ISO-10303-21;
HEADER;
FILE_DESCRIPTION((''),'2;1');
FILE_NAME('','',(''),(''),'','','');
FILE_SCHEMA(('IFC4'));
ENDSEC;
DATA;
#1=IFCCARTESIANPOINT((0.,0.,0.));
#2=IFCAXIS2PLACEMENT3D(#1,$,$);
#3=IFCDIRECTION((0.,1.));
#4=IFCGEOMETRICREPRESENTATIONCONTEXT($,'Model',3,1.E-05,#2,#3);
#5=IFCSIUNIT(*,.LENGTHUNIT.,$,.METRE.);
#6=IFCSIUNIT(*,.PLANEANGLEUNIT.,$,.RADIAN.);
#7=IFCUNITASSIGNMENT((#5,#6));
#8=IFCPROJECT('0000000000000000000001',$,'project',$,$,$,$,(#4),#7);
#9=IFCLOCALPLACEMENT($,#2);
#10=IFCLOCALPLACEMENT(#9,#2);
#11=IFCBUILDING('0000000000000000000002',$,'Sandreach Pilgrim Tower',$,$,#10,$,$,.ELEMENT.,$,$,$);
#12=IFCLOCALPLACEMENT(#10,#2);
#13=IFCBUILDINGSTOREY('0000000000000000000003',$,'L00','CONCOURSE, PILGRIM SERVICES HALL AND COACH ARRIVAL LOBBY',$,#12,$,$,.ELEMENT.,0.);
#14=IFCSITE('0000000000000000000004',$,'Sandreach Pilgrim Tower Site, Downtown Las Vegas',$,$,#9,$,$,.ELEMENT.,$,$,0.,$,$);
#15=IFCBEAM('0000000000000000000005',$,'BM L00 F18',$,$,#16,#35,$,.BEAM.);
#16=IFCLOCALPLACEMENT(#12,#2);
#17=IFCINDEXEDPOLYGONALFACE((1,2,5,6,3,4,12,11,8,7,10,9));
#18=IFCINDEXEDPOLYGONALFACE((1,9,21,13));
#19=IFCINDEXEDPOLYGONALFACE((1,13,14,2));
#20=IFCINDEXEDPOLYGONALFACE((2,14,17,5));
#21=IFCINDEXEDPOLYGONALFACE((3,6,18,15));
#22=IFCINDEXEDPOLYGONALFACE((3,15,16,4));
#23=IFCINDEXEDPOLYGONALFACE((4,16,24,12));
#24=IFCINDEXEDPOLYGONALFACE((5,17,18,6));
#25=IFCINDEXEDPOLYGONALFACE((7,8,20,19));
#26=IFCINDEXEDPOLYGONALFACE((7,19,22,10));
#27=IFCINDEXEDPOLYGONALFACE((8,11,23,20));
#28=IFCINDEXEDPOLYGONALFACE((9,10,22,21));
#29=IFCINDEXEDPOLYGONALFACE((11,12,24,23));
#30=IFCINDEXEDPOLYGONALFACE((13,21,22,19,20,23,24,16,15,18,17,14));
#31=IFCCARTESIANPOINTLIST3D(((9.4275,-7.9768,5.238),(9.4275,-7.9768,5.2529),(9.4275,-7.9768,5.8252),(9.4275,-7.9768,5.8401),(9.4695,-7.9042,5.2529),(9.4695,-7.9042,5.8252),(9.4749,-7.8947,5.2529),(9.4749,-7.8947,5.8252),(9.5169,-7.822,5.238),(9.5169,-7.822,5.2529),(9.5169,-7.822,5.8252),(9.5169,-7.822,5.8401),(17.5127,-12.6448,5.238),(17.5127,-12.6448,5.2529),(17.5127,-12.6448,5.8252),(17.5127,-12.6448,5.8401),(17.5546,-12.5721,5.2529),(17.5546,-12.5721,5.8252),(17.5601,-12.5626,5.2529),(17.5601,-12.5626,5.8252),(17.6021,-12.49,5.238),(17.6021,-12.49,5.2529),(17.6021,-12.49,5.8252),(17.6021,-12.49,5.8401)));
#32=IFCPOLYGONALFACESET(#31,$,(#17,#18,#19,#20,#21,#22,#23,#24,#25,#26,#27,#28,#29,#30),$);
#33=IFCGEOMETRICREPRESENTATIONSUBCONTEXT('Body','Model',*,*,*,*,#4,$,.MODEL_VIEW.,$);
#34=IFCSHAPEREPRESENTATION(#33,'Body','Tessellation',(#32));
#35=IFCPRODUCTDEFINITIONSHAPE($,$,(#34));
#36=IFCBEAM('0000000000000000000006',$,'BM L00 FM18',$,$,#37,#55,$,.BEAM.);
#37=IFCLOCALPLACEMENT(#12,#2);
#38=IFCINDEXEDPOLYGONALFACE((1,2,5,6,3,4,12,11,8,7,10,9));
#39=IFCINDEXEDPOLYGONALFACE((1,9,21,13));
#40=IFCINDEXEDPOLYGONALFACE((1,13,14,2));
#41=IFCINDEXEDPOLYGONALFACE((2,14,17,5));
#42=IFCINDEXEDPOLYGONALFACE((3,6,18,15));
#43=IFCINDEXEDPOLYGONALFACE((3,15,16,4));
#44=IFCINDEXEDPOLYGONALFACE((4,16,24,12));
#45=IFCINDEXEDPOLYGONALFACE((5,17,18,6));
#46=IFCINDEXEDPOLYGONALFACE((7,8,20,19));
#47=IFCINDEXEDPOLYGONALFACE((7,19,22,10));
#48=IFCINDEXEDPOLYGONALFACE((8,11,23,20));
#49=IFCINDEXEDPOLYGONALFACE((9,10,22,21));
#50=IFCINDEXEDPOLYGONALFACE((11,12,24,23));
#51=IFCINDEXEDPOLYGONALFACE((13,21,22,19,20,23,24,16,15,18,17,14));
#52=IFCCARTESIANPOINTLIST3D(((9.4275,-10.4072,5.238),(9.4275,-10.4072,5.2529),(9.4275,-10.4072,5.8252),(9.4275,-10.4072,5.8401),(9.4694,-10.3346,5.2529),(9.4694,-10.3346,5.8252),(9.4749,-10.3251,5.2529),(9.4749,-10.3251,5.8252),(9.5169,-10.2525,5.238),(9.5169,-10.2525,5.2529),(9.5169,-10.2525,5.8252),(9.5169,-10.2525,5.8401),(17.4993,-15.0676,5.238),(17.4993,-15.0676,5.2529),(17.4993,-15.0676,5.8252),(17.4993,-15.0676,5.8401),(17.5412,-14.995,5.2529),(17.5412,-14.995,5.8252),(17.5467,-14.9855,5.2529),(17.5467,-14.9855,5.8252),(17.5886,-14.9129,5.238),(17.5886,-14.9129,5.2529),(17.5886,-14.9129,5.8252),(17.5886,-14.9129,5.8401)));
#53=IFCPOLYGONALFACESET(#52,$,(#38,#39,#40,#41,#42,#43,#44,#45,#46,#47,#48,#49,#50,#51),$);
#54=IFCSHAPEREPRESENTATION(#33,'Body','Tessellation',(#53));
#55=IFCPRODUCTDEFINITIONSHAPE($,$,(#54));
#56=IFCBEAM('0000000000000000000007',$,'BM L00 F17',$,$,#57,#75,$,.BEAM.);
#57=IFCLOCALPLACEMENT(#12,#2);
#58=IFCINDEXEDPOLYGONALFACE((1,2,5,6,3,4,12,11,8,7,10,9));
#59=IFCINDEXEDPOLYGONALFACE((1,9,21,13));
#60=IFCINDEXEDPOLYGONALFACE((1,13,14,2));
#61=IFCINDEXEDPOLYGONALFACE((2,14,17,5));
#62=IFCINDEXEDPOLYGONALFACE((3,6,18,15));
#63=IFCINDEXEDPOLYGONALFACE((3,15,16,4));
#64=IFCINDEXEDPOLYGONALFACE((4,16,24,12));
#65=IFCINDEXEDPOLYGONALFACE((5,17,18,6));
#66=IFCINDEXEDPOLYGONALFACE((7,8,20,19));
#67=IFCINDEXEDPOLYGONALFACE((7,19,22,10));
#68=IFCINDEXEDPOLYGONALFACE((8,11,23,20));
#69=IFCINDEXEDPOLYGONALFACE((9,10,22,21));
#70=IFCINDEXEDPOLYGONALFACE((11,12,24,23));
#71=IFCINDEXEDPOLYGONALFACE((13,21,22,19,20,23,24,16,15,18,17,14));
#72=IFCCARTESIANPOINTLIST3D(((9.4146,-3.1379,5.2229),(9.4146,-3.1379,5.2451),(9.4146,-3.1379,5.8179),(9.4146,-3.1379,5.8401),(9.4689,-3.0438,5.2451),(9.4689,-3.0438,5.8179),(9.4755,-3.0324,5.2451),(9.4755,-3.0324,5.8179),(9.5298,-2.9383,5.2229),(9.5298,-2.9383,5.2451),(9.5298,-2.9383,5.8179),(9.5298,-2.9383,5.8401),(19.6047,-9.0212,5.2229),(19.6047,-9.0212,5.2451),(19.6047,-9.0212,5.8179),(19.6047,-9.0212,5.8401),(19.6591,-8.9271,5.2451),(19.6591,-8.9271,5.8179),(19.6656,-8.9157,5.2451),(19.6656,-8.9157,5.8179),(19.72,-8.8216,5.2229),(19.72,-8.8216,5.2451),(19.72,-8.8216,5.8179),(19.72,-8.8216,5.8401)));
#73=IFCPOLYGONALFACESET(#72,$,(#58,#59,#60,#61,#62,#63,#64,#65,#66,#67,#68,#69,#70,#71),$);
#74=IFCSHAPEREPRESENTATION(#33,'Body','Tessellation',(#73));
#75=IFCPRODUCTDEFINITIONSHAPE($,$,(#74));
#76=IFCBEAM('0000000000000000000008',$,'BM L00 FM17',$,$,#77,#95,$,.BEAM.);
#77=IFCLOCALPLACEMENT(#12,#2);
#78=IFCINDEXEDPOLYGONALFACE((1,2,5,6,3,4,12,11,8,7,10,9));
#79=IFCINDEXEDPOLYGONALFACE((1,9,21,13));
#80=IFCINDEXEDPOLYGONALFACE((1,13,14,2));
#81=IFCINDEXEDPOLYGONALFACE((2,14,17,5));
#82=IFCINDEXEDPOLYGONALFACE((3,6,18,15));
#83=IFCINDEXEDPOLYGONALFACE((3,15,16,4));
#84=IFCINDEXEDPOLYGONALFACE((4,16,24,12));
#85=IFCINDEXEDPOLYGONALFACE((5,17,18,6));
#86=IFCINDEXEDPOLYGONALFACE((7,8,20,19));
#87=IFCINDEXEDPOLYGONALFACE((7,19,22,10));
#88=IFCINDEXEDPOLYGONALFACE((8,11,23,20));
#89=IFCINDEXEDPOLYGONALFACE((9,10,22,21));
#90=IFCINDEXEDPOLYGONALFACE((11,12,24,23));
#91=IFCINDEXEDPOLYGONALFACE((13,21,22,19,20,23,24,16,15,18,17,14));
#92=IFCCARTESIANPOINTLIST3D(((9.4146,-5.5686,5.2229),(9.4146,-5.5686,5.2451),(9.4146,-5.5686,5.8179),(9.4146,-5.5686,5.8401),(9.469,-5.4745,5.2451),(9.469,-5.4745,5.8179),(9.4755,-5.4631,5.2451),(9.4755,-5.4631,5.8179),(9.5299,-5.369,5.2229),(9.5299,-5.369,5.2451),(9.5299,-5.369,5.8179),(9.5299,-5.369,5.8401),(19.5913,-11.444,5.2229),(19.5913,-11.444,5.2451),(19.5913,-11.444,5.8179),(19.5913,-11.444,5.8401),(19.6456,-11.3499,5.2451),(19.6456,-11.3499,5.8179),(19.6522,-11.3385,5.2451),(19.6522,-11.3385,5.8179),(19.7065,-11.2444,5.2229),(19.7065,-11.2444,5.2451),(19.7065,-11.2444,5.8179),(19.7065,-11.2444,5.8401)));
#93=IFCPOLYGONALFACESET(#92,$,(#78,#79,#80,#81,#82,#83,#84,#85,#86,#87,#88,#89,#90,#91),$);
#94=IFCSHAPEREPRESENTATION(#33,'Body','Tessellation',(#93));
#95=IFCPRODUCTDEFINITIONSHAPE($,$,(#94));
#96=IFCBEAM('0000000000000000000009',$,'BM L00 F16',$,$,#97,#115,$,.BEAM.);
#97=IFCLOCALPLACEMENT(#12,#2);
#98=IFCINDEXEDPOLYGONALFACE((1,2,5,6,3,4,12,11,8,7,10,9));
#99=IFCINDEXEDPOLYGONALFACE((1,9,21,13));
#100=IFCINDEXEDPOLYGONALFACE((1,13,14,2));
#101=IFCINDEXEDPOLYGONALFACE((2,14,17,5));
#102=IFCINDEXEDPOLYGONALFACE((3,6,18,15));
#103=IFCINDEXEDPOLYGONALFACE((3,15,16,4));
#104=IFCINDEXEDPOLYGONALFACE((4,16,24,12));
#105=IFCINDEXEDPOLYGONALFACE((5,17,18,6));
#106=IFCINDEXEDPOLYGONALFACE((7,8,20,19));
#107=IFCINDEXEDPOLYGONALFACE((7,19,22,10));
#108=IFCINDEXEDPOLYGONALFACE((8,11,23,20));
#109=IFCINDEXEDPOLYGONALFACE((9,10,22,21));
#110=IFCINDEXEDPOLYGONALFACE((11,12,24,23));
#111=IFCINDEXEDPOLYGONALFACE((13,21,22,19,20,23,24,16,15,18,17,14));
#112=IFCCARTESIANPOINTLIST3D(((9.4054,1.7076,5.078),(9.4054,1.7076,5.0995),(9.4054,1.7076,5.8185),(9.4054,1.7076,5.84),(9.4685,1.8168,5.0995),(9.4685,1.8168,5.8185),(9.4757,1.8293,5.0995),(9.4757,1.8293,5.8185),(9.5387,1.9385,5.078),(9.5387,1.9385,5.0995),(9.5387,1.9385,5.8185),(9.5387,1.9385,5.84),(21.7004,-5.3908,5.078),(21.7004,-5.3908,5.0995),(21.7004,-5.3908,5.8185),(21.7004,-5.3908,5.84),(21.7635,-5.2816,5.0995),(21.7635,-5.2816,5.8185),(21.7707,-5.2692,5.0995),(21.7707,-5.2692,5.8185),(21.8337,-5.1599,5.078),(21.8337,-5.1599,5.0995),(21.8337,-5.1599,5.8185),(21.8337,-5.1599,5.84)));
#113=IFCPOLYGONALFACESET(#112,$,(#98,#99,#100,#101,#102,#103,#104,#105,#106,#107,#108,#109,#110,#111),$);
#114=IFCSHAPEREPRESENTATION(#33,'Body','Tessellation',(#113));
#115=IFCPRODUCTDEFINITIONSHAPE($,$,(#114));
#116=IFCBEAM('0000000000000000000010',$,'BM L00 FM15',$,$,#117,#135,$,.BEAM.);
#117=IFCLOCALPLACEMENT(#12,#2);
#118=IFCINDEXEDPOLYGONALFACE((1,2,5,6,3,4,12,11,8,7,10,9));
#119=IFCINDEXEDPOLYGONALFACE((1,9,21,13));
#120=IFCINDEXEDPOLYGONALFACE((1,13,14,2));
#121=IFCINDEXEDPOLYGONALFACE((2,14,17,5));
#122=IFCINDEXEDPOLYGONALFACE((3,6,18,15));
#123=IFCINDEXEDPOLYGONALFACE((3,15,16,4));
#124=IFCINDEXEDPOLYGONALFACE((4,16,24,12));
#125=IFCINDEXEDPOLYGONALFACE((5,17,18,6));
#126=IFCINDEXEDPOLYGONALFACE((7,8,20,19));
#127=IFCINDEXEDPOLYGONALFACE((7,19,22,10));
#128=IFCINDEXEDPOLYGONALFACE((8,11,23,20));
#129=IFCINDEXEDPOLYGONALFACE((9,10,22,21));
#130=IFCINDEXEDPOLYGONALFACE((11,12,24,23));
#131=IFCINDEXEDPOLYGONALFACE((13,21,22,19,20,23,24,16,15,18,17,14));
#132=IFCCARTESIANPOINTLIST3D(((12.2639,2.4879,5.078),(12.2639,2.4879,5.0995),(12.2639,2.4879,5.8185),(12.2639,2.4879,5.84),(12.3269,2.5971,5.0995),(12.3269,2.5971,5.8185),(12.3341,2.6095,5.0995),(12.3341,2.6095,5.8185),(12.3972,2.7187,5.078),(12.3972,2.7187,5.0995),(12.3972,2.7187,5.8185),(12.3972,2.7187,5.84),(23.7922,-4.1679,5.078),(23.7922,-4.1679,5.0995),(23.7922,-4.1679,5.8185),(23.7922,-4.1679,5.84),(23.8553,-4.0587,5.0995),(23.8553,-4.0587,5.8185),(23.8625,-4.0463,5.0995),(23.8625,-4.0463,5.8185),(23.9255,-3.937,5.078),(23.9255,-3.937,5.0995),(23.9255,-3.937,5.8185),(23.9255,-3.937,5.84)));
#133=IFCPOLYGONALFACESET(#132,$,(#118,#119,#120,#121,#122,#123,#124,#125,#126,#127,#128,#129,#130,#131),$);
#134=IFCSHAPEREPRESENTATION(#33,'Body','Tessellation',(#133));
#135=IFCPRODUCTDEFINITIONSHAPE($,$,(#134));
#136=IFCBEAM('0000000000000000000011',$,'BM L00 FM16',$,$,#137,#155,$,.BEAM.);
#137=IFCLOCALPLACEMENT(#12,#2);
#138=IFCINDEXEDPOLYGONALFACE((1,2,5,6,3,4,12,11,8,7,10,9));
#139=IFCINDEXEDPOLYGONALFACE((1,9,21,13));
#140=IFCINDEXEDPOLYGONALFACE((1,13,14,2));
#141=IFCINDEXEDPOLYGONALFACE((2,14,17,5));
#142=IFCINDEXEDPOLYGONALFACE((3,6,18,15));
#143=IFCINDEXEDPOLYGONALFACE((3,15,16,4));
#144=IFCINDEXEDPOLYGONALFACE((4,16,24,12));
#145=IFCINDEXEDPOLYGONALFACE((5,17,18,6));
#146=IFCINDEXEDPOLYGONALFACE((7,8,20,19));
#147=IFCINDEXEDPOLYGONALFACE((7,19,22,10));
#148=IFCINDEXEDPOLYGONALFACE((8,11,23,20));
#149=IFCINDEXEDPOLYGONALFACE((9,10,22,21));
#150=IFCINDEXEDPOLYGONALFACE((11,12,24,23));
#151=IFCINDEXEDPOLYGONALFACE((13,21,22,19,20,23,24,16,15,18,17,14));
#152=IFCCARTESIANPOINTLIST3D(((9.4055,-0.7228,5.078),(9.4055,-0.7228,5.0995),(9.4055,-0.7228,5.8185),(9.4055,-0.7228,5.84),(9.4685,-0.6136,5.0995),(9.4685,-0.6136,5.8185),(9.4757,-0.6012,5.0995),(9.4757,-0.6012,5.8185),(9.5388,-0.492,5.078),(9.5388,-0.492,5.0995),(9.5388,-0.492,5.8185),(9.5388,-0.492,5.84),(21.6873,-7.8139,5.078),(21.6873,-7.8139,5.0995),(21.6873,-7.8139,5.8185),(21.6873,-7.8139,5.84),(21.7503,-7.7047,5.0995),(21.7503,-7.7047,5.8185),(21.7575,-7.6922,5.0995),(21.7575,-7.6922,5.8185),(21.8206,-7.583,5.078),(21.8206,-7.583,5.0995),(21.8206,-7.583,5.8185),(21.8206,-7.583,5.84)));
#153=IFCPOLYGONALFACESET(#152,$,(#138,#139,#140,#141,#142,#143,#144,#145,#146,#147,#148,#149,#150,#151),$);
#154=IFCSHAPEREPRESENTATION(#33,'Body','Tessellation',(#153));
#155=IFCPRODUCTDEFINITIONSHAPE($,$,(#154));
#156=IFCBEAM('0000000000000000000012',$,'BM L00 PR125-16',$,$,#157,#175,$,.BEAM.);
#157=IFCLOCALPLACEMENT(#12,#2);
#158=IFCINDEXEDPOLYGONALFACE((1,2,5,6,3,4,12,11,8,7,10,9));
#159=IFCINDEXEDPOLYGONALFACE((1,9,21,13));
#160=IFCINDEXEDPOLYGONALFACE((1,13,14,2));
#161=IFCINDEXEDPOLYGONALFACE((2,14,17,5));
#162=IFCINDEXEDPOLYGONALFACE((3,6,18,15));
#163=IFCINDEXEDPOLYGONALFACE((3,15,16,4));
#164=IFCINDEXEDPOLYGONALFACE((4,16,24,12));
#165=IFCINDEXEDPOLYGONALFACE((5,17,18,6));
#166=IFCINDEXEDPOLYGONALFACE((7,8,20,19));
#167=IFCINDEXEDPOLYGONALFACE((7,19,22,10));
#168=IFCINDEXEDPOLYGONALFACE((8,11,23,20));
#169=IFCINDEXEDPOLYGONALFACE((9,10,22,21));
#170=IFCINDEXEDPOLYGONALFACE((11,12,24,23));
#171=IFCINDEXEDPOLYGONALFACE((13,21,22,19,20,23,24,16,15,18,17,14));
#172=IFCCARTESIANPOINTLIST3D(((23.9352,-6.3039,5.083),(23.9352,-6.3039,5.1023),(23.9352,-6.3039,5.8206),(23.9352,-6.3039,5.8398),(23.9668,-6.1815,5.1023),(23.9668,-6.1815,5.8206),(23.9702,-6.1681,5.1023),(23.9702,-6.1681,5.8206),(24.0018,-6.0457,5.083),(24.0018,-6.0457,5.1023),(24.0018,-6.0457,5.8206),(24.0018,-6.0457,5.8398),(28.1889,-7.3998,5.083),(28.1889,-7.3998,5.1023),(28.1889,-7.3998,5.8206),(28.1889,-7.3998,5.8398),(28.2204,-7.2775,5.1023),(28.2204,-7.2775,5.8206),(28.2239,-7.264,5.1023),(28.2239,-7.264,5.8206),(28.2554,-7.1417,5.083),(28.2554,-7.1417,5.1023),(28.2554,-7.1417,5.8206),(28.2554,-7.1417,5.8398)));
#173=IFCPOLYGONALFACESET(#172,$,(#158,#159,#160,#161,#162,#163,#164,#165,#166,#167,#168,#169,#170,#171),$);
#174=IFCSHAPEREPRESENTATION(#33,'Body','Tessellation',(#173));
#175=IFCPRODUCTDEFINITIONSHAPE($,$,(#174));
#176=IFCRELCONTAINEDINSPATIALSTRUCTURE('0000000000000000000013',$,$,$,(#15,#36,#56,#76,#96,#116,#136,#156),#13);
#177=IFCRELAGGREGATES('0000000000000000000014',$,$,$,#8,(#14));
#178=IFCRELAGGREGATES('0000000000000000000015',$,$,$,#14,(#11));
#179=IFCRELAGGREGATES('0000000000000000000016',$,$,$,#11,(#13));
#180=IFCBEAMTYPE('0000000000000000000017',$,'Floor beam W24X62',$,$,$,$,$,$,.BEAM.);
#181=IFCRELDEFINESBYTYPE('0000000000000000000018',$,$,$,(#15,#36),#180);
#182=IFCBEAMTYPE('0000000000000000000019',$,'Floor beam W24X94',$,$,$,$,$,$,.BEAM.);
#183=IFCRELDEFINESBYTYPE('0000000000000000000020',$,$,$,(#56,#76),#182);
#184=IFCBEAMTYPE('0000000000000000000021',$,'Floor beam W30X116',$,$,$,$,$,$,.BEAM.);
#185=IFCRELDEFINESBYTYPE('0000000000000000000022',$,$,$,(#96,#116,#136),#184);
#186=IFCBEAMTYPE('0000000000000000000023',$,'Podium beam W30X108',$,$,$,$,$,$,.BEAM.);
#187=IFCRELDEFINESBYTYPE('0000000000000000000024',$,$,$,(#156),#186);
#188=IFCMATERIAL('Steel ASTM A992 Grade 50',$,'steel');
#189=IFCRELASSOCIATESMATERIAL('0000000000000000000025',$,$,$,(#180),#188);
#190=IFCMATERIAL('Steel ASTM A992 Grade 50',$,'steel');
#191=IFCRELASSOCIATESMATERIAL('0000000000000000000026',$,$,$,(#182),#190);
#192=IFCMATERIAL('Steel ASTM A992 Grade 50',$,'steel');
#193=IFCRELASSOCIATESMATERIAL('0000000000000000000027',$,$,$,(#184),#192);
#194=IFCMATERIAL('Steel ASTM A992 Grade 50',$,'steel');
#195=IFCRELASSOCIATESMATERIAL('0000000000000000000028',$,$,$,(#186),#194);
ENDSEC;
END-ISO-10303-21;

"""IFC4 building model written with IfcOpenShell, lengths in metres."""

from ifc_helpers import new_model, si_unit, direction, frame, origin, origin_2d, place, context, subcontext, project, spatial, i_section, extrude, material, material_profile, profile_set, type_object, element, save


model = new_model("IFC4")

# Units and contexts
model_context = context("Model", 3, precision=1e-05, world=origin(), true_north=direction((0.0, 1.0)))
body_context = subcontext(model_context, "Body", "Model", "MODEL_VIEW")
ifc_project = project(units=[si_unit("LENGTHUNIT", "METRE"), si_unit("PLANEANGLEUNIT", "RADIAN")], contexts=[model_context])

# Site, building, storey
site_placement = place(None, origin())
site = spatial("IfcSite", under=ifc_project, at=site_placement, Name="Sandreach Pilgrim Tower Site, Downtown Las Vegas", CompositionType="ELEMENT", RefElevation=0.0)
building_placement = place(site_placement, origin())
building = spatial("IfcBuilding", under=site, at=building_placement, Name="Sandreach Pilgrim Tower", CompositionType="ELEMENT")
storey_placement = place(building_placement, origin())
storey = spatial("IfcBuildingStorey", under=building, at=storey_placement, Name="L00", Description="CONCOURSE, PILGRIM SERVICES HALL AND COACH ARRIVAL LOBBY", CompositionType="ELEMENT", Elevation=0.0)

# Beams
ifc_material_1 = material(Name="Steel ASTM A992 Grade 50", Category="steel")
ifc_material_profile_1 = material_profile(ifc_material_1, i_section(OverallWidth=0.1787, OverallDepth=0.6021, WebThickness=0.011, FlangeThickness=0.0149, at=origin_2d()), Name="W24X62")
ifc_profile_set_1 = profile_set([ifc_material_profile_1], Name="Steel ASTM A992 Grade 50")
beam_type_1 = type_object("IfcBeamType", Name="Floor beam W24X62", PredefinedType="BEAM", material=ifc_profile_set_1)
beam_1_placement = place(storey_placement, frame((17.5574, -12.5674, 5.5391), z_axis=(-0.866027, 0.499998, 0.0), x_axis=(-0.499998, -0.866027, 0.0)))
element("IfcBeam", 1, at=beam_1_placement, inside=storey, type_object=beam_type_1, Name="BM L00 F18", PredefinedType="BEAM", context=body_context, shape_type="SweptSolid", body=[
    extrude(i_section(OverallWidth=0.1787, OverallDepth=0.6021, WebThickness=0.011, FlangeThickness=0.0149, at=origin_2d()), origin(), (0.0, 0.0, 1.0), 9.3359),
])
beam_2_placement = place(storey_placement, frame((17.5439, -14.9902, 5.5391), z_axis=(-0.866018, 0.500013, 0.0), x_axis=(-0.500013, -0.866018, 0.0)))
element("IfcBeam", 2, at=beam_2_placement, inside=storey, type_object=beam_type_1, Name="BM L00 FM18", PredefinedType="BEAM", context=body_context, shape_type="SweptSolid", body=[
    extrude(i_section(OverallWidth=0.1787, OverallDepth=0.6021, WebThickness=0.011, FlangeThickness=0.0149, at=origin_2d()), origin(), (0.0, 0.0, 1.0), 9.3206),
])
ifc_material_2 = material(Name="Steel ASTM A992 Grade 50", Category="steel")
ifc_material_profile_2 = material_profile(ifc_material_2, i_section(OverallWidth=0.2305, OverallDepth=0.6172, WebThickness=0.0132, FlangeThickness=0.0222, at=origin_2d()), Name="W24X94")
ifc_profile_set_2 = profile_set([ifc_material_profile_2], Name="Steel ASTM A992 Grade 50")
beam_type_2 = type_object("IfcBeamType", Name="Floor beam W24X94", PredefinedType="BEAM", material=ifc_profile_set_2)
beam_3_placement = place(storey_placement, frame((19.6624, -8.9214, 5.5315), z_axis=(-0.866026, 0.5, 0.0), x_axis=(-0.5, -0.866026, 0.0)))
element("IfcBeam", 3, at=beam_3_placement, inside=storey, type_object=beam_type_2, Name="BM L00 F17", PredefinedType="BEAM", context=body_context, shape_type="SweptSolid", body=[
    extrude(i_section(OverallWidth=0.2305, OverallDepth=0.6172, WebThickness=0.0132, FlangeThickness=0.0222, at=origin_2d()), origin(), (0.0, 0.0, 1.0), 11.7666),
])
beam_4_placement = place(storey_placement, frame((19.6489, -11.3442, 5.5315), z_axis=(-0.866028, 0.499996, 0.0), x_axis=(-0.499996, -0.866028, 0.0)))
element("IfcBeam", 4, at=beam_4_placement, inside=storey, type_object=beam_type_2, Name="BM L00 FM17", PredefinedType="BEAM", context=body_context, shape_type="SweptSolid", body=[
    extrude(i_section(OverallWidth=0.2305, OverallDepth=0.6172, WebThickness=0.0132, FlangeThickness=0.0222, at=origin_2d()), origin(), (0.0, 0.0, 1.0), 11.751),
])
ifc_material_3 = material(Name="Steel ASTM A992 Grade 50", Category="steel")
ifc_material_profile_3 = material_profile(ifc_material_3, i_section(OverallWidth=0.2666, OverallDepth=0.762, WebThickness=0.0144, FlangeThickness=0.0215, at=origin_2d()), Name="W30X116")
ifc_profile_set_3 = profile_set([ifc_material_profile_3], Name="Steel ASTM A992 Grade 50")
beam_type_3 = type_object("IfcBeamType", Name="Floor beam W30X116", PredefinedType="BEAM", material=ifc_profile_set_3)
beam_5_placement = place(storey_placement, frame((21.7671, -5.2754, 5.459), z_axis=(-0.866028, 0.499995, 0.0), x_axis=(-0.499995, -0.866028, 0.0)))
element("IfcBeam", 5, at=beam_5_placement, inside=storey, type_object=beam_type_3, Name="BM L00 F16", PredefinedType="BEAM", context=body_context, shape_type="SweptSolid", body=[
    extrude(i_section(OverallWidth=0.2666, OverallDepth=0.762, WebThickness=0.0144, FlangeThickness=0.0215, at=origin_2d()), origin(), (0.0, 0.0, 1.0), 14.197),
])
beam_6_placement = place(storey_placement, frame((23.8589, -4.0525, 5.459), z_axis=(-0.866029, 0.499993, 0.0), x_axis=(-0.499993, -0.866029, 0.0)))
element("IfcBeam", 6, at=beam_6_placement, inside=storey, type_object=beam_type_3, Name="BM L00 FM15", PredefinedType="BEAM", context=body_context, shape_type="SweptSolid", body=[
    extrude(i_section(OverallWidth=0.2666, OverallDepth=0.762, WebThickness=0.0144, FlangeThickness=0.0215, at=origin_2d()), origin(), (0.0, 0.0, 1.0), 13.3118),
])
beam_7_placement = place(storey_placement, frame((21.7539, -7.6985, 5.459), z_axis=(-0.866019, 0.500011, 0.0), x_axis=(-0.500011, -0.866019, 0.0)))
element("IfcBeam", 7, at=beam_7_placement, inside=storey, type_object=beam_type_3, Name="BM L00 FM16", PredefinedType="BEAM", context=body_context, shape_type="SweptSolid", body=[
    extrude(i_section(OverallWidth=0.2666, OverallDepth=0.762, WebThickness=0.0144, FlangeThickness=0.0215, at=origin_2d()), origin(), (0.0, 0.0, 1.0), 14.1819),
])
ifc_material_4 = material(Name="Steel ASTM A992 Grade 50", Category="steel")
ifc_material_profile_4 = material_profile(ifc_material_4, i_section(OverallWidth=0.2666, OverallDepth=0.7568, WebThickness=0.0139, FlangeThickness=0.0193, at=origin_2d()), Name="W30X108")
ifc_profile_set_4 = profile_set([ifc_material_profile_4], Name="Steel ASTM A992 Grade 50")
beam_type_4 = type_object("IfcBeamType", Name="Podium beam W30X108", PredefinedType="BEAM", material=ifc_profile_set_4)
beam_8_placement = place(storey_placement, frame((23.9685, -6.1748, 5.4614), z_axis=(0.968375, -0.2495, 0.0), x_axis=(0.2495, 0.968375, 0.0)))
element("IfcBeam", 8, at=beam_8_placement, inside=storey, type_object=beam_type_4, Name="BM L00 PR125-16", PredefinedType="BEAM", context=body_context, shape_type="SweptSolid", body=[
    extrude(i_section(OverallWidth=0.2666, OverallDepth=0.7568, WebThickness=0.0139, FlangeThickness=0.0193, at=origin_2d()), origin(), (0.0, 0.0, 1.0), 4.3926),
])

save(model, "model.ifc")
